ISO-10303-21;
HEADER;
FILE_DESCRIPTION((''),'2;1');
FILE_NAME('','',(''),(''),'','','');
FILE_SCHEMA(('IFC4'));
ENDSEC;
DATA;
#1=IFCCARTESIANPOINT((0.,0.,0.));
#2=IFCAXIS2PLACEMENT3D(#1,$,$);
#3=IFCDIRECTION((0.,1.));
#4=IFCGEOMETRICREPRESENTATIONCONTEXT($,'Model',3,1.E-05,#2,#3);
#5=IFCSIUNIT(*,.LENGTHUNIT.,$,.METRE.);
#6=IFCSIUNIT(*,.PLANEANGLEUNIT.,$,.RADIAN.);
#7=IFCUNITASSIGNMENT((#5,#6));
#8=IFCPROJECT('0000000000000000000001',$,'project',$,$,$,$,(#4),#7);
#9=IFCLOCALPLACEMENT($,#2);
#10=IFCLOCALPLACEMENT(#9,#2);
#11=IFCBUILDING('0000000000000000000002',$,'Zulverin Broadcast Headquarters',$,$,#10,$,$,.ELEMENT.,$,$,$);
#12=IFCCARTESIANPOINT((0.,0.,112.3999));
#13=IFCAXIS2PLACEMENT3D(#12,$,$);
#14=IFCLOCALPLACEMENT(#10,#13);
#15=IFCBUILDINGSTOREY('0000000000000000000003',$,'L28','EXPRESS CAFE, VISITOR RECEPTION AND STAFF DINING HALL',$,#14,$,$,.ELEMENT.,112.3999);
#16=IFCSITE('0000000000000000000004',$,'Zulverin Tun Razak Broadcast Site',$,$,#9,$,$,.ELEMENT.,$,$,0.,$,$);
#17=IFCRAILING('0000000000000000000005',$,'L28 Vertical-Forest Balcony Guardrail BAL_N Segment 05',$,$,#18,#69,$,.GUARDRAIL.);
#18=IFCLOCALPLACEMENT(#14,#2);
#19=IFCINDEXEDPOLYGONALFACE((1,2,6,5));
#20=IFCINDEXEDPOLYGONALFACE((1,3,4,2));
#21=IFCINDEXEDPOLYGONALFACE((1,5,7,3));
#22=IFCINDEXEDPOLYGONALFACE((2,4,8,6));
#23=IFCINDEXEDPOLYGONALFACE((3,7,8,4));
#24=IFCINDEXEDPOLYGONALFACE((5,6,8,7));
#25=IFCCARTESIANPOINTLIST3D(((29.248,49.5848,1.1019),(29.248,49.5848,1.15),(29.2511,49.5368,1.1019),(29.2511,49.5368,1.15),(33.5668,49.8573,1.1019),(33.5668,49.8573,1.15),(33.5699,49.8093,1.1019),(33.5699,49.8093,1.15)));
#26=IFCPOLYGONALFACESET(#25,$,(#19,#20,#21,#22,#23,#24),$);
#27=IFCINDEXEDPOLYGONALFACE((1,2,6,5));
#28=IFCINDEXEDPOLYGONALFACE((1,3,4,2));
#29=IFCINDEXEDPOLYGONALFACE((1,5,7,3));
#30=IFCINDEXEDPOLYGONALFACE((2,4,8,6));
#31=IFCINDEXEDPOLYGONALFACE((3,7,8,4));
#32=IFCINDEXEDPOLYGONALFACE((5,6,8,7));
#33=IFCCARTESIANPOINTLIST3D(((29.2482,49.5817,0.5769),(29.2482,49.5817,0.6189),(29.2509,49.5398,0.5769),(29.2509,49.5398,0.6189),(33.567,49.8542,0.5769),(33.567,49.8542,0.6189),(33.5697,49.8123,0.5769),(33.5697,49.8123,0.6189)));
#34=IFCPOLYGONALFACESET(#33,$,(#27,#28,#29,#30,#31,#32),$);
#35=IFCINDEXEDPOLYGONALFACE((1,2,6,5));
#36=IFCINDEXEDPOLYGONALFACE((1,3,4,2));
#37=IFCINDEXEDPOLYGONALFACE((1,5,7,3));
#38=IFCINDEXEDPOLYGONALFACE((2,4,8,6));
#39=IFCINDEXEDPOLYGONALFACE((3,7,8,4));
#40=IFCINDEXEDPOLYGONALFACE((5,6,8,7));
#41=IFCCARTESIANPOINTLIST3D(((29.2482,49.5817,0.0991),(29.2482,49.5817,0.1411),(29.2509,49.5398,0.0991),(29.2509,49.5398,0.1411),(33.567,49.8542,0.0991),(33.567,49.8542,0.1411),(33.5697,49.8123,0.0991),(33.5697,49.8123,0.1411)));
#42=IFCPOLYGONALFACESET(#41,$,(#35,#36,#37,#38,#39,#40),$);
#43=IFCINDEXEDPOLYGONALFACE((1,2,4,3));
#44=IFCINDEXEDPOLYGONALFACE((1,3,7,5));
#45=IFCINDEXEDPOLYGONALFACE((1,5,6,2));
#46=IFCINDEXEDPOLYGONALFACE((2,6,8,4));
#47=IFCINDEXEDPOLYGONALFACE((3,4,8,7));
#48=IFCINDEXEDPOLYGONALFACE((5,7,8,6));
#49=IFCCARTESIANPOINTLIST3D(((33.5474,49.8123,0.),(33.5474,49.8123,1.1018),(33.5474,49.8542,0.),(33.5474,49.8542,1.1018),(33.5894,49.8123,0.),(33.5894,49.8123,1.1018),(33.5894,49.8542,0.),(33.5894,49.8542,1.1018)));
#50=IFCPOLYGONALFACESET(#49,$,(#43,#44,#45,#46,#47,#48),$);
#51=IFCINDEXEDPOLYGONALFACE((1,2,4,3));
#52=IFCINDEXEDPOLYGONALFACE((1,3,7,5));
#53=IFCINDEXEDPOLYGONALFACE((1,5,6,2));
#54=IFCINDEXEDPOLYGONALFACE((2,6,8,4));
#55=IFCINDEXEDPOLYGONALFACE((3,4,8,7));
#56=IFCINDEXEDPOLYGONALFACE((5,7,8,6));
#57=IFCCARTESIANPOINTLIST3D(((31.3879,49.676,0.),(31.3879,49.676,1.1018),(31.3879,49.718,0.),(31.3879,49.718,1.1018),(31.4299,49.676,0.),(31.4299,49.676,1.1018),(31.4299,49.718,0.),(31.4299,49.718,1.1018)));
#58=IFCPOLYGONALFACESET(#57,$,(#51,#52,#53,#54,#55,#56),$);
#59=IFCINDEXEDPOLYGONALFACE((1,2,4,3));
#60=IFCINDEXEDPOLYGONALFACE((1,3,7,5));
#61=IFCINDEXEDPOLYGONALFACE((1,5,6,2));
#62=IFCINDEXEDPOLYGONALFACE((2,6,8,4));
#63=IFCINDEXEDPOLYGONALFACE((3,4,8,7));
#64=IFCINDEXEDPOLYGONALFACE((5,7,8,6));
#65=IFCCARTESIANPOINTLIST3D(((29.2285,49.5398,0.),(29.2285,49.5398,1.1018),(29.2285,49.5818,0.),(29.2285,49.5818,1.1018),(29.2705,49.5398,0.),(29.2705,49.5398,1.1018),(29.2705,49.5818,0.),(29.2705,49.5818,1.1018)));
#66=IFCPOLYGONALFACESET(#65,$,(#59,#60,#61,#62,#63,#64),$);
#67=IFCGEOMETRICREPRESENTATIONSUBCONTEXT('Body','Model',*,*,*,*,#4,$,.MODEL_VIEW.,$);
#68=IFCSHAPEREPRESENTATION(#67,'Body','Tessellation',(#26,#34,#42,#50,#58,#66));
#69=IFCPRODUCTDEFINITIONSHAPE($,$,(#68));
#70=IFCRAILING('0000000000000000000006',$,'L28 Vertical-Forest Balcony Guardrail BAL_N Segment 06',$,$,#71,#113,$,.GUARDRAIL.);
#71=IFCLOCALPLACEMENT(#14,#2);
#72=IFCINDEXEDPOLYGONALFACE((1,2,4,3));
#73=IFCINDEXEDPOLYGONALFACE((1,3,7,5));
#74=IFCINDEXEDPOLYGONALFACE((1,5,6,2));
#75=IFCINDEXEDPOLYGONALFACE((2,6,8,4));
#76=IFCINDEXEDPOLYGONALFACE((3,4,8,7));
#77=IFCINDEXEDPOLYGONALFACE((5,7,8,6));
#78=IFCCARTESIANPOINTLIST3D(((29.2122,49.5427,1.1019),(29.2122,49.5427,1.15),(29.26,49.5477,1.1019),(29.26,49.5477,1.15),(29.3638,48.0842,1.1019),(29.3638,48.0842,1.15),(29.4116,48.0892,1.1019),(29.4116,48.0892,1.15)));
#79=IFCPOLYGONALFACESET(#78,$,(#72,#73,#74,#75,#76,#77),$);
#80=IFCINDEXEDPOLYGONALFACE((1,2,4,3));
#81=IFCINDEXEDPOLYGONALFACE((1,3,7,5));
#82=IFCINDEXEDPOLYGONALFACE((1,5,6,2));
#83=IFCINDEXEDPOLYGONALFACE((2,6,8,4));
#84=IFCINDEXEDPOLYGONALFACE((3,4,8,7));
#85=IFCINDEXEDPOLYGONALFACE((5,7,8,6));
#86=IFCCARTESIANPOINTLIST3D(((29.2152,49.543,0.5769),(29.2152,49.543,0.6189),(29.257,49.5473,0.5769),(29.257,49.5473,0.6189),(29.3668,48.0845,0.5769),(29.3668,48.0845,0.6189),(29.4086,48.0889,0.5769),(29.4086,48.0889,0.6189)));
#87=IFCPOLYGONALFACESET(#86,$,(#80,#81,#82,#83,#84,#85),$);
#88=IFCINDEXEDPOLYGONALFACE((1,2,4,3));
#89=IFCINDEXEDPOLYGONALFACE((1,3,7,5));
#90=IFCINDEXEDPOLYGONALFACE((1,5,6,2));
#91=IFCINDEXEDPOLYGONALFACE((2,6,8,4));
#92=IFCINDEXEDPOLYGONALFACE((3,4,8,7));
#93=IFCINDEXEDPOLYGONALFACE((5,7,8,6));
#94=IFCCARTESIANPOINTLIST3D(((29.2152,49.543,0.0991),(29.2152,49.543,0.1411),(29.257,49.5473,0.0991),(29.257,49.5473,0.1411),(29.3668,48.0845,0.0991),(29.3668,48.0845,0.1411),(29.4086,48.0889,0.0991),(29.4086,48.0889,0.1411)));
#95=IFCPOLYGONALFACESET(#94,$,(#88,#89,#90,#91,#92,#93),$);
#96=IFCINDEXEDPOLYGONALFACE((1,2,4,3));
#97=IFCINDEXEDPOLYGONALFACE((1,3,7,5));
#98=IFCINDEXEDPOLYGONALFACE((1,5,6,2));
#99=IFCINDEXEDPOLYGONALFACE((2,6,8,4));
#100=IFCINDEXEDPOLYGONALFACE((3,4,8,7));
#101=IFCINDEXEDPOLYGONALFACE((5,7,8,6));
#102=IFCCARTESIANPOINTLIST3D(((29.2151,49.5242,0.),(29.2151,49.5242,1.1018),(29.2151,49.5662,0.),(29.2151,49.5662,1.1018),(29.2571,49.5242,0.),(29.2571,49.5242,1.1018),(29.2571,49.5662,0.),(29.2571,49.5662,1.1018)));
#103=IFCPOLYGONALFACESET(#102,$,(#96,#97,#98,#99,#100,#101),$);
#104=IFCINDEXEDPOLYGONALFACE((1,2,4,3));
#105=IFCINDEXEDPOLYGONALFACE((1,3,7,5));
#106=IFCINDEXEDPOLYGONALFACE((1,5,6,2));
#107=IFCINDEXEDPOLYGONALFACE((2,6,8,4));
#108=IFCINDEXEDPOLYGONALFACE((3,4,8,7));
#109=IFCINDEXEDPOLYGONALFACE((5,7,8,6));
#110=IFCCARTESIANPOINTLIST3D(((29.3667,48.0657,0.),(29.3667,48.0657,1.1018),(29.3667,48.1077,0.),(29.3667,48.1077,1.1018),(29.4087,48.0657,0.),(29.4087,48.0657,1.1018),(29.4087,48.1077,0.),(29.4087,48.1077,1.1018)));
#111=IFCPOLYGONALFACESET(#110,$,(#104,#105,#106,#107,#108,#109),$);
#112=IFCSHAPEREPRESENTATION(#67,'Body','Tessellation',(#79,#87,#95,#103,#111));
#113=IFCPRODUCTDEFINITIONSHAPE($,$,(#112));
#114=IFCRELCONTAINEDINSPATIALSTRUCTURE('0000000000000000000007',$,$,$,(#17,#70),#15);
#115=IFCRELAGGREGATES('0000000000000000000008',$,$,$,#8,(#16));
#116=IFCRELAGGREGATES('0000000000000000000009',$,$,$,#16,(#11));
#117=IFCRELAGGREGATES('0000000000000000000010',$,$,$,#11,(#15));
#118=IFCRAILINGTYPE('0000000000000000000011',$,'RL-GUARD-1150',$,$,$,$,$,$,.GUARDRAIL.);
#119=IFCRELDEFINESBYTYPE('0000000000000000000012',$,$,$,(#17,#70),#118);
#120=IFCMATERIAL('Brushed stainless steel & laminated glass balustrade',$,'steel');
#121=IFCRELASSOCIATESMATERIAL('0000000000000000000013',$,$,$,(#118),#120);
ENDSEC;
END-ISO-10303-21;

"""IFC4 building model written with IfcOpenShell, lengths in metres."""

from ifc_helpers import new_model, si_unit, direction, frame, origin, origin_2d, place, context, subcontext, project, spatial, rectangle, extrude, material, type_object, element, save


model = new_model("IFC4")

# Units and contexts
model_context = context("Model", 3, precision=1e-05, world=origin(), true_north=direction((0.0, 1.0)))
body_context = subcontext(model_context, "Body", "Model", "MODEL_VIEW")
ifc_project = project(units=[si_unit("LENGTHUNIT", "METRE"), si_unit("PLANEANGLEUNIT", "RADIAN")], contexts=[model_context])

# Site, building, storey
site_placement = place(None, origin())
site = spatial("IfcSite", under=ifc_project, at=site_placement, Name="Zulverin Tun Razak Broadcast Site", CompositionType="ELEMENT", RefElevation=0.0)
building_placement = place(site_placement, origin())
building = spatial("IfcBuilding", under=site, at=building_placement, Name="Zulverin Broadcast Headquarters", CompositionType="ELEMENT")
storey_placement = place(building_placement, frame((0.0, 0.0, 112.3999)))
storey = spatial("IfcBuildingStorey", under=building, at=storey_placement, Name="L28", Description="EXPRESS CAFE, VISITOR RECEPTION AND STAFF DINING HALL", CompositionType="ELEMENT", Elevation=112.3999)

# Railings
ifc_material_1 = material(Name="Brushed stainless steel & laminated glass balustrade", Category="steel")
railing_type = type_object("IfcRailingType", Name="RL-GUARD-1150", PredefinedType="GUARDRAIL", material=ifc_material_1)
railing_1_placement = place(storey_placement, frame((33.5684, 49.8333, 0.0)))
element("IfcRailing", 1, at=railing_1_placement, inside=storey, type_object=railing_type, Name="L28 Vertical-Forest Balcony Guardrail BAL_N Segment 05", PredefinedType="GUARDRAIL", context=body_context, shape_type="SweptSolid", body=[
    extrude(rectangle(XDim=0.0481, YDim=0.0481, at=origin_2d()), frame((0.0, 0.0, 1.126), z_axis=(-0.998016, -0.062961, 0.0), x_axis=(0.062961, -0.998016, 0.0)), (0.0, 0.0, 1.0), 4.3274),
    extrude(rectangle(XDim=0.042, YDim=0.042, at=origin_2d()), frame((0.0, 0.0, 0.5979), z_axis=(-0.998016, -0.062961, 0.0), x_axis=(0.062961, -0.998016, 0.0)), (0.0, 0.0, 1.0), 4.3274),
    extrude(rectangle(XDim=0.042, YDim=0.042, at=origin_2d()), frame((0.0, 0.0, 0.1201), z_axis=(-0.998016, -0.062961, 0.0), x_axis=(0.062961, -0.998016, 0.0)), (0.0, 0.0, 1.0), 4.3274),
    extrude(rectangle(XDim=0.042, YDim=0.042, at=origin_2d()), origin(), (0.0, 0.0, 1.0), 1.1018),
    extrude(rectangle(XDim=0.042, YDim=0.042, at=origin_2d()), frame((-2.1594, -0.1362, 0.0)), (0.0, 0.0, 1.0), 1.1018),
    extrude(rectangle(XDim=0.042, YDim=0.042, at=origin_2d()), frame((-4.3188, -0.2725, 0.0)), (0.0, 0.0, 1.0), 1.1018),
])
railing_2_placement = place(storey_placement, frame((29.2361, 49.5452, 0.0)))
element("IfcRailing", 2, at=railing_2_placement, inside=storey, type_object=railing_type, Name="L28 Vertical-Forest Balcony Guardrail BAL_N Segment 06", PredefinedType="GUARDRAIL", context=body_context, shape_type="SweptSolid", body=[
    extrude(rectangle(XDim=0.0481, YDim=0.0481, at=origin_2d()), frame((0.0, 0.0, 1.126), z_axis=(0.103393, -0.994641, 0.0), x_axis=(0.994641, 0.103393, 0.0)), (0.0, 0.0, 1.0), 1.4663),
    extrude(rectangle(XDim=0.042, YDim=0.042, at=origin_2d()), frame((0.0, 0.0, 0.5979), z_axis=(0.103393, -0.994641, 0.0), x_axis=(0.994641, 0.103393, 0.0)), (0.0, 0.0, 1.0), 1.4663),
    extrude(rectangle(XDim=0.042, YDim=0.042, at=origin_2d()), frame((0.0, 0.0, 0.1201), z_axis=(0.103393, -0.994641, 0.0), x_axis=(0.994641, 0.103393, 0.0)), (0.0, 0.0, 1.0), 1.4663),
    extrude(rectangle(XDim=0.042, YDim=0.042, at=origin_2d()), origin(), (0.0, 0.0, 1.0), 1.1018),
    extrude(rectangle(XDim=0.042, YDim=0.042, at=origin_2d()), frame((0.1516, -1.4585, 0.0)), (0.0, 0.0, 1.0), 1.1018),
])

save(model, "model.ifc")
